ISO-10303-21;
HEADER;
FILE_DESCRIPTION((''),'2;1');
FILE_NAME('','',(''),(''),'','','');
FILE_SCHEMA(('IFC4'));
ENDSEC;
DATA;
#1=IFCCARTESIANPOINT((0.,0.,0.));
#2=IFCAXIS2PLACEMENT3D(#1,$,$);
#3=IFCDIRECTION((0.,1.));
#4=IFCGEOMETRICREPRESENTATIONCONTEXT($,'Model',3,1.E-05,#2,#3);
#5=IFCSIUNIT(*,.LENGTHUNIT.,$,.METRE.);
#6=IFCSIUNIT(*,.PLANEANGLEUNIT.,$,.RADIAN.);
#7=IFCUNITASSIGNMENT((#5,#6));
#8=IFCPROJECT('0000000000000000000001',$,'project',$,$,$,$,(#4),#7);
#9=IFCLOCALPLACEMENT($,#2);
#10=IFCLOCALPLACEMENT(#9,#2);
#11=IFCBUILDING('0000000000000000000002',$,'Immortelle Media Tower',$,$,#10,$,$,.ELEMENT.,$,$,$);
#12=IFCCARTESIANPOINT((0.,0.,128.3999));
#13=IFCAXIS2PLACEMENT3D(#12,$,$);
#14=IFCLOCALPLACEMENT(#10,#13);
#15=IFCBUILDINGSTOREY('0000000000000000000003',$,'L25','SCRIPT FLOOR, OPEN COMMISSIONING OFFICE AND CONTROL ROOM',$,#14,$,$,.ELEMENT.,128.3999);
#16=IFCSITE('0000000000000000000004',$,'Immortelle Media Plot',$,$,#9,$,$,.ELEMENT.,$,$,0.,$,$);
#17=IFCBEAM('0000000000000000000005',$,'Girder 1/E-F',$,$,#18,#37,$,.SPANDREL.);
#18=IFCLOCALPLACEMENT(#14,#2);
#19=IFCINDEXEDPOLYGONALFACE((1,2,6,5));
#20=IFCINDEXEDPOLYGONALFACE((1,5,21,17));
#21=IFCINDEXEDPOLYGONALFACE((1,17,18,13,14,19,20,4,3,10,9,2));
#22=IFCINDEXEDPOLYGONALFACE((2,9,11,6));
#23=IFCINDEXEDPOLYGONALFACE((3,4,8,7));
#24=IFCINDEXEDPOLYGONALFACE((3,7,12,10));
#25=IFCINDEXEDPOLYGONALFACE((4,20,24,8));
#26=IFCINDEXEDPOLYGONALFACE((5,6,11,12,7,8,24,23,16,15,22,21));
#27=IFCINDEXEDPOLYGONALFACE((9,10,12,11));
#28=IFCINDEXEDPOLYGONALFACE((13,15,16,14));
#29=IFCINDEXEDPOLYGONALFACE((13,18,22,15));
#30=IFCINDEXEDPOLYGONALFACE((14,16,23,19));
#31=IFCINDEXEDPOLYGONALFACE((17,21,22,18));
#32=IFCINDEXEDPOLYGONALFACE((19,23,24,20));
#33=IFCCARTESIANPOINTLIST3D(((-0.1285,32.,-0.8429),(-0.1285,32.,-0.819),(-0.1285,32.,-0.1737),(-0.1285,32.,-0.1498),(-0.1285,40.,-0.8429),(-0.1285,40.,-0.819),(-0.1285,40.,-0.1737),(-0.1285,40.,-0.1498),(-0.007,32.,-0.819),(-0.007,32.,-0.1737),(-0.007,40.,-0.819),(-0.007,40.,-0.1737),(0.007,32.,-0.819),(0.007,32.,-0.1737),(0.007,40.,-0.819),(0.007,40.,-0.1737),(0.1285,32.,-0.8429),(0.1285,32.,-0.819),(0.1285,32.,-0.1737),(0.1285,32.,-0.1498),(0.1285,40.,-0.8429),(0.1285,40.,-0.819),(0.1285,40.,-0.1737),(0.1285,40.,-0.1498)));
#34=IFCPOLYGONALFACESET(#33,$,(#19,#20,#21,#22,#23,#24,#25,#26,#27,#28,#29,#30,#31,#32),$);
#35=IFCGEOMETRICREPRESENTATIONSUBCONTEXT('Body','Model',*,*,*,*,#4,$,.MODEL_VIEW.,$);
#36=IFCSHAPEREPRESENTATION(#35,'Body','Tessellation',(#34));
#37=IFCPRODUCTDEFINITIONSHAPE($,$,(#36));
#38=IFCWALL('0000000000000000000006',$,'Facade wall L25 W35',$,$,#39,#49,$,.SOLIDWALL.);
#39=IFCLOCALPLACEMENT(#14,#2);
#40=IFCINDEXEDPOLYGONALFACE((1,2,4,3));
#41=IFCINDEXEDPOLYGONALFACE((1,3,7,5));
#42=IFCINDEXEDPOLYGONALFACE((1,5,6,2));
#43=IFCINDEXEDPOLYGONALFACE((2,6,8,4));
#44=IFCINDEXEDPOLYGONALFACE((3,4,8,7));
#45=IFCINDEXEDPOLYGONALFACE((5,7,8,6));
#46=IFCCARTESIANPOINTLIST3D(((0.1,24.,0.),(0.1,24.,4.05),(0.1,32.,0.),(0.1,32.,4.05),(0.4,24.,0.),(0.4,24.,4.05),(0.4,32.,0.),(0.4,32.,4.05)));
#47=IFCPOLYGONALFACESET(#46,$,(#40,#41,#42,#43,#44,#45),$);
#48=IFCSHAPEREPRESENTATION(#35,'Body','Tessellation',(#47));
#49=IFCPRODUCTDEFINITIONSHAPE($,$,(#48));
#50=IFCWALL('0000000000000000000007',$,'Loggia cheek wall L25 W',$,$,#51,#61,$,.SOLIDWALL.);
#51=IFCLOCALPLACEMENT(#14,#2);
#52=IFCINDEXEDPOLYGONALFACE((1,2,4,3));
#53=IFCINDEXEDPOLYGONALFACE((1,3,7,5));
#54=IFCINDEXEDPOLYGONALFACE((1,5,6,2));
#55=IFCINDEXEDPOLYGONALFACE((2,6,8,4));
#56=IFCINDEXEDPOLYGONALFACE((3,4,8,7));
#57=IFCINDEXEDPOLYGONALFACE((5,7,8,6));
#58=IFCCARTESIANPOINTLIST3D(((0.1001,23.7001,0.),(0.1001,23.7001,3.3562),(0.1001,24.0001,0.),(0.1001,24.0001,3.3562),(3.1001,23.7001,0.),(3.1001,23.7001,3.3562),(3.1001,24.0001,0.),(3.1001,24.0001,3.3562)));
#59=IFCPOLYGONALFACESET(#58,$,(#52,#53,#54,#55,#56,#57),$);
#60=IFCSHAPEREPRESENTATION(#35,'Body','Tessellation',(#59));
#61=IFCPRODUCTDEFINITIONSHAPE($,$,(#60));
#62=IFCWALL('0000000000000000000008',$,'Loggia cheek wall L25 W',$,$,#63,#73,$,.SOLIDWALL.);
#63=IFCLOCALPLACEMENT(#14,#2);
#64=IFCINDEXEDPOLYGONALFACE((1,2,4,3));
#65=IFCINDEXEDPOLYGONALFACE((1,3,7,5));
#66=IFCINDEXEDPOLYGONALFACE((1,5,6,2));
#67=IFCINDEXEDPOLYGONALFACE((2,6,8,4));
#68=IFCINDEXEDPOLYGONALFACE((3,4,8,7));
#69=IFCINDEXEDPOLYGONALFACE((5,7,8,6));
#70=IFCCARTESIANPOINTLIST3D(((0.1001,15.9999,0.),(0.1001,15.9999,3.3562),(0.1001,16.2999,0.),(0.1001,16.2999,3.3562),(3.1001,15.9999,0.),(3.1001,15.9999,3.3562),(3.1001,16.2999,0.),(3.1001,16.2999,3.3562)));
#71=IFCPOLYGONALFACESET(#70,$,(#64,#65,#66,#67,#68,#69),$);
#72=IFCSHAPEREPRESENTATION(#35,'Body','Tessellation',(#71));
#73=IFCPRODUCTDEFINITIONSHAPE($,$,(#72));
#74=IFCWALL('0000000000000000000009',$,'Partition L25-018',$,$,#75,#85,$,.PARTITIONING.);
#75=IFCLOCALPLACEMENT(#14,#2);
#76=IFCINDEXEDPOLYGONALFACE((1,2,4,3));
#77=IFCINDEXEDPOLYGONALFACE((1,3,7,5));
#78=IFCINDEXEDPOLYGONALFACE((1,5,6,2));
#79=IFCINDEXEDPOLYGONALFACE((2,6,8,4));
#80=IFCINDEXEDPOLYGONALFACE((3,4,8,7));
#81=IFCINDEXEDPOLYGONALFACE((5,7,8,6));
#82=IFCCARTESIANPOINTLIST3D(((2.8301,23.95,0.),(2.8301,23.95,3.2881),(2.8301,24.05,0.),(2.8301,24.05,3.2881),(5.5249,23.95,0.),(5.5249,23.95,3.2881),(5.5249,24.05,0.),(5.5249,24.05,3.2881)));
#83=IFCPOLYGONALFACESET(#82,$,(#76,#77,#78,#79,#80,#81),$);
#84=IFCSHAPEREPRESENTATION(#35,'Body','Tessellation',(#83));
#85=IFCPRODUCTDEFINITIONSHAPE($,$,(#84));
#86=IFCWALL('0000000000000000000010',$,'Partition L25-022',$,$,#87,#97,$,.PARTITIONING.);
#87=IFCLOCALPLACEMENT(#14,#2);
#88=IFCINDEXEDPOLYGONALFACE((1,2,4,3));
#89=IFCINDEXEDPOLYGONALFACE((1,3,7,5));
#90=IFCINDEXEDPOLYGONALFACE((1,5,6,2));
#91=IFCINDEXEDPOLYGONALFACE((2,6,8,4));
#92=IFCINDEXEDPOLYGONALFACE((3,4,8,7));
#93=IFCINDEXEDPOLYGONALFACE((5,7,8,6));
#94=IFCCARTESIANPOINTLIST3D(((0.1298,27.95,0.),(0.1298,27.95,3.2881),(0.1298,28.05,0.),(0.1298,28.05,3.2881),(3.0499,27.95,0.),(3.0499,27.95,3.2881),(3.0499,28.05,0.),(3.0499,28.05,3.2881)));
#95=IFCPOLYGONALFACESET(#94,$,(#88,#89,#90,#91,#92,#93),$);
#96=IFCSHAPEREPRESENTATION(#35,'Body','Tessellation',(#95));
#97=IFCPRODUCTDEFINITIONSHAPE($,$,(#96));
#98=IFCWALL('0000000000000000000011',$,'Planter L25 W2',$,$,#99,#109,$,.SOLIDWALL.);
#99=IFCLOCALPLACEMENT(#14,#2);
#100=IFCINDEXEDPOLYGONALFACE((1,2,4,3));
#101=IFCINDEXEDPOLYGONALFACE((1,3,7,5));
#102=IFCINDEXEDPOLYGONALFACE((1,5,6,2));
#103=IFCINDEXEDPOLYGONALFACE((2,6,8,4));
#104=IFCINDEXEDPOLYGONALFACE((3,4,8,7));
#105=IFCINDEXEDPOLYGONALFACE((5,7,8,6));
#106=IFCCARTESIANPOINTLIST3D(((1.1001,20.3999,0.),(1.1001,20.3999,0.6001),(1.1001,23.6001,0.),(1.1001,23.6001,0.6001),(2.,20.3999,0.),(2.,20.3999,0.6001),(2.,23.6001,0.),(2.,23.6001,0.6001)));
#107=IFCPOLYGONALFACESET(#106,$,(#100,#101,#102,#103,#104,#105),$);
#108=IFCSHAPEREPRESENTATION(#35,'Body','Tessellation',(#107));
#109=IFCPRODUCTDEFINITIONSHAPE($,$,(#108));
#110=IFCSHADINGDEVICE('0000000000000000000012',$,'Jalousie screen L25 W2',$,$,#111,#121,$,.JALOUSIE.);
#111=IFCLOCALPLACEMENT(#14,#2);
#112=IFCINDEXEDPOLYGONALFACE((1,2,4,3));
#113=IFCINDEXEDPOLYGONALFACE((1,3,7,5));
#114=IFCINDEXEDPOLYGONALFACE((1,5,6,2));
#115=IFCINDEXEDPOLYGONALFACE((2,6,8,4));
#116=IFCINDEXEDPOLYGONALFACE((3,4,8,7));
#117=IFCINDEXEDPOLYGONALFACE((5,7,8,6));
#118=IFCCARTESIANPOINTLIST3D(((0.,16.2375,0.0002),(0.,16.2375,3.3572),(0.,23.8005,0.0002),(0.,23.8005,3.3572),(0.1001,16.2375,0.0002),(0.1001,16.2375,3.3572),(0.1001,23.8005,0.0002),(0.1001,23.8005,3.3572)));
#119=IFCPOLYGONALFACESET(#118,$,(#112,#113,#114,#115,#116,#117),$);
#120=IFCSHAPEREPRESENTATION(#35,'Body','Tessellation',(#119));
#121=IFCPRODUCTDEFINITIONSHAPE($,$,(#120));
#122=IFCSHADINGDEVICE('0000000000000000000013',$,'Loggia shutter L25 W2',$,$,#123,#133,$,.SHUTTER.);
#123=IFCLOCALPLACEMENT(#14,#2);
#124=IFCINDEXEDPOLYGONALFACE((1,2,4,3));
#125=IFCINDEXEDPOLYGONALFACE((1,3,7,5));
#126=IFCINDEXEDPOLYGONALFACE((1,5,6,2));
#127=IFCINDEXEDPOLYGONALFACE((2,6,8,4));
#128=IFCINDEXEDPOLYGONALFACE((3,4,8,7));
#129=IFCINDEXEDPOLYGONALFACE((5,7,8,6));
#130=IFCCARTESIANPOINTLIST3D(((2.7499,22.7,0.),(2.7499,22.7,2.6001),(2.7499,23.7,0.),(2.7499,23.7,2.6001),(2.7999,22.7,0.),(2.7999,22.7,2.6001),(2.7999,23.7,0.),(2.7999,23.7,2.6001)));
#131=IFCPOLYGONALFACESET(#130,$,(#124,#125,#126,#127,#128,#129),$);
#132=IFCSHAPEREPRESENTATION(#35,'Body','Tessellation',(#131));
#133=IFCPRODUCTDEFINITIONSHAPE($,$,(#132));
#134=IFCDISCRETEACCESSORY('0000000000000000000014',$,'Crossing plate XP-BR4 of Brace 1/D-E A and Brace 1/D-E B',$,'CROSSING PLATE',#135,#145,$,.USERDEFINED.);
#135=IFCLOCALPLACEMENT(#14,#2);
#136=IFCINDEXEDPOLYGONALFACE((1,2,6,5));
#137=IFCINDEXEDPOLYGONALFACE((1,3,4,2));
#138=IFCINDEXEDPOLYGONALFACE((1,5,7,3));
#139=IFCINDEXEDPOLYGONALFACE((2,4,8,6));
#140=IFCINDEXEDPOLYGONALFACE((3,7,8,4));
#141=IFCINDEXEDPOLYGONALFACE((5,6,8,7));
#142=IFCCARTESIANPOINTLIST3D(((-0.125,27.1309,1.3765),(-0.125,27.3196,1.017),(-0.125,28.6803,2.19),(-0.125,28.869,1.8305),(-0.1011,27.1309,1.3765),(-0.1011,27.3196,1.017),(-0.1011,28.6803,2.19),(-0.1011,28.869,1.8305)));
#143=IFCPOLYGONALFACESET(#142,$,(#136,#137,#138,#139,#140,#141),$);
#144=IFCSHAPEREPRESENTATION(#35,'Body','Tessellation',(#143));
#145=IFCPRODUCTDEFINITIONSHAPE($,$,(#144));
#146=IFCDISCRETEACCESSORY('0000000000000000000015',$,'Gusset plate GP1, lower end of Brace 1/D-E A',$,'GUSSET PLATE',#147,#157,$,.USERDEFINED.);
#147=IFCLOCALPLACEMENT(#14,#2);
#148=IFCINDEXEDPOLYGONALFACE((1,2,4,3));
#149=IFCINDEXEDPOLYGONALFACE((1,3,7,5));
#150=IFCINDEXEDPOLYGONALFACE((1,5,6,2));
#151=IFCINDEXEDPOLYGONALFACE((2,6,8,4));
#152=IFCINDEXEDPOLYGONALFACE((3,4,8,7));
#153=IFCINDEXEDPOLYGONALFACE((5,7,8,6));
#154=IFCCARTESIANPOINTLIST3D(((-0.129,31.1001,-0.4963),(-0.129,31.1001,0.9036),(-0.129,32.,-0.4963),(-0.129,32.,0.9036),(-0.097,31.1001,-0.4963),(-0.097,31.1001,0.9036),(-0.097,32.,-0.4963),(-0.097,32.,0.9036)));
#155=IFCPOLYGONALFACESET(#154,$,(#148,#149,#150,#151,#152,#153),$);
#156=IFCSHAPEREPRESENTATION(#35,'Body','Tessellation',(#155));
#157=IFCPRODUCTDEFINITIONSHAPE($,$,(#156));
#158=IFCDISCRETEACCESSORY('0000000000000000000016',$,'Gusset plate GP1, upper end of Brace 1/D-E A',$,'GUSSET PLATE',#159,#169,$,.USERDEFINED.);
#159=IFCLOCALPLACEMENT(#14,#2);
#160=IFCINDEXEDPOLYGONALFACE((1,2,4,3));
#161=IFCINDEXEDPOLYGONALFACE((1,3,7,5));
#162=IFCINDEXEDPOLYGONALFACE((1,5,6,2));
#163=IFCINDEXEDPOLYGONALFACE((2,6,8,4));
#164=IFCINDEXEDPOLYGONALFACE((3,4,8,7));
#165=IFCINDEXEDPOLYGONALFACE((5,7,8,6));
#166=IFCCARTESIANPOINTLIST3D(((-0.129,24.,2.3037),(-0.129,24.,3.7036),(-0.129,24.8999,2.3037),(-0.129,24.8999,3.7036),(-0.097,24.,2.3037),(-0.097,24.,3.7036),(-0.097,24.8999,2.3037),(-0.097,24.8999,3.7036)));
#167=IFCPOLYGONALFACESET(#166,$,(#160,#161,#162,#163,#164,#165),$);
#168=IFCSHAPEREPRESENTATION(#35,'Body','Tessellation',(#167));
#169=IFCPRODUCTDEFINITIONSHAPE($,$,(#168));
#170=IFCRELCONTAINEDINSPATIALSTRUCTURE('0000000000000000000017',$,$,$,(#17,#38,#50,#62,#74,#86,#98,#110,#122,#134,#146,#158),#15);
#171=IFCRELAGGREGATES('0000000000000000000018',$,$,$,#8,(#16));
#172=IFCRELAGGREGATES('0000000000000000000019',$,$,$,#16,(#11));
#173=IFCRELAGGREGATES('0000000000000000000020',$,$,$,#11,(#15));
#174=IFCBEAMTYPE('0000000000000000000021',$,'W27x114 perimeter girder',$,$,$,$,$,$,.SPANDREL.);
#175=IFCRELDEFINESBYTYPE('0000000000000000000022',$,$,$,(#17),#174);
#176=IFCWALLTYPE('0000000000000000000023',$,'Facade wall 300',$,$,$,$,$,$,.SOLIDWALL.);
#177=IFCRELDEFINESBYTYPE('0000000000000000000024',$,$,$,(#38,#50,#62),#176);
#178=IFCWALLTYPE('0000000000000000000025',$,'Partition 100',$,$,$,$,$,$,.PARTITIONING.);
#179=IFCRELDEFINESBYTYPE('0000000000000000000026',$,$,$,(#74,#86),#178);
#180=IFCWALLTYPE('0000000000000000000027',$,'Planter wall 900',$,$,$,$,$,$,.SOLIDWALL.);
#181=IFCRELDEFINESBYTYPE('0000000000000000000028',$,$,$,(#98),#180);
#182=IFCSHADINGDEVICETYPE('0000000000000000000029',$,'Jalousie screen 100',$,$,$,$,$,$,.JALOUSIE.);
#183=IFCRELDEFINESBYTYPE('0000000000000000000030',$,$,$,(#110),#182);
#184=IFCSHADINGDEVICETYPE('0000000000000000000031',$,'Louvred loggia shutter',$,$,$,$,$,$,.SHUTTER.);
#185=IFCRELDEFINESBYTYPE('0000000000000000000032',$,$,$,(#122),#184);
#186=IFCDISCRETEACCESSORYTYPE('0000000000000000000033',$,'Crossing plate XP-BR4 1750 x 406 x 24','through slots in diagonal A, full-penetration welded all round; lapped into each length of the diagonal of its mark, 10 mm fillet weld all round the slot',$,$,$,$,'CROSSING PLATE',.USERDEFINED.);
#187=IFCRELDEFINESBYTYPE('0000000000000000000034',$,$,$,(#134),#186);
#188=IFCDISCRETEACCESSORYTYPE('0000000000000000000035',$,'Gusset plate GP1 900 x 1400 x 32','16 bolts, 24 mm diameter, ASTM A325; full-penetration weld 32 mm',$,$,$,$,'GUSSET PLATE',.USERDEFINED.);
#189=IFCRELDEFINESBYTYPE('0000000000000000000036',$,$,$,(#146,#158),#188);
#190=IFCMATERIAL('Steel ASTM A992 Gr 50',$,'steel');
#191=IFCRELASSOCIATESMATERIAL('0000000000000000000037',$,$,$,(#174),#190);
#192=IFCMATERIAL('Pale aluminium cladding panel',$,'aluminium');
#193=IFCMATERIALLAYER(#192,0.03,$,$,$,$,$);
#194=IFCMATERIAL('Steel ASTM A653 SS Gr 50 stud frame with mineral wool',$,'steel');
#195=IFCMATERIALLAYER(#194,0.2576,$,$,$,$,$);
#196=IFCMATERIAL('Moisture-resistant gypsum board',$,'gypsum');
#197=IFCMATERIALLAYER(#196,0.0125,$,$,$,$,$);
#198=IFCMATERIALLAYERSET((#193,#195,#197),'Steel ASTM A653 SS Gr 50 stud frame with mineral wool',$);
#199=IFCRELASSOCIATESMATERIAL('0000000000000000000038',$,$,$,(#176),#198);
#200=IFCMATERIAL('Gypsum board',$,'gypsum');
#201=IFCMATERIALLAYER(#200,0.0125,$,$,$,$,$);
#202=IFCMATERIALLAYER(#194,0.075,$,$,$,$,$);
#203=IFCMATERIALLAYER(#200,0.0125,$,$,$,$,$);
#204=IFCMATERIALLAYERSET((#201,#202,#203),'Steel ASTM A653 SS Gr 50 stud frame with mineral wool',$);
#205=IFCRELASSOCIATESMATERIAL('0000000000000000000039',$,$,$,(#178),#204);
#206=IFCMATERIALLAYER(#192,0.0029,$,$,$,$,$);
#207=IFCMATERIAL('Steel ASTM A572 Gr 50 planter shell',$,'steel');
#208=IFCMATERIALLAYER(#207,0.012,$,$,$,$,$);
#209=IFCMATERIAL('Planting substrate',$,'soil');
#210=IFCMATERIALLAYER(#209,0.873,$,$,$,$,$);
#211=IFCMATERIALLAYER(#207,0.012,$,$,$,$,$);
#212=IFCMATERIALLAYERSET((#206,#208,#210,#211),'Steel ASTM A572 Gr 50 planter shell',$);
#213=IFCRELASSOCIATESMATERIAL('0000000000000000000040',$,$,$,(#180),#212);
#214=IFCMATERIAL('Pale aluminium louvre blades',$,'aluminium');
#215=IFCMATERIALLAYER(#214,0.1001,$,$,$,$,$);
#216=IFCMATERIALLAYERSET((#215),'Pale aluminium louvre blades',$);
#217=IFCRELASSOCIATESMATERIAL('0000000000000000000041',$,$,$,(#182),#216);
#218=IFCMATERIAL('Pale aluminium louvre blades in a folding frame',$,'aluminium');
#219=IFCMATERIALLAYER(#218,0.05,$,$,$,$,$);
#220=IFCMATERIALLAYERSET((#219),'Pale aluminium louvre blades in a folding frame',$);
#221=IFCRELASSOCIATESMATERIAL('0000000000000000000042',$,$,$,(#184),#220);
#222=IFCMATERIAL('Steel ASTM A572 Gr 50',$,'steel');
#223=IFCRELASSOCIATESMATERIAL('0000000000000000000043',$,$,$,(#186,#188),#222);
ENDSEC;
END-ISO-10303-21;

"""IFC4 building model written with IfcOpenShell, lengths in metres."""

from ifc_helpers import new_model, si_unit, direction, frame, frame_2d, origin, origin_2d, place, context, subcontext, project, spatial, rectangle, i_section, extrude, material, layer, layer_set, material_profile, profile_set, type_object, element, save


model = new_model("IFC4")

# Units and contexts
model_context = context("Model", 3, precision=1e-05, world=origin(), true_north=direction((0.0, 1.0)))
body_context = subcontext(model_context, "Body", "Model", "MODEL_VIEW")
ifc_project = project(units=[si_unit("LENGTHUNIT", "METRE"), si_unit("PLANEANGLEUNIT", "RADIAN")], contexts=[model_context])

# Site, building, storey
site_placement = place(None, origin())
site = spatial("IfcSite", under=ifc_project, at=site_placement, Name="Immortelle Media Plot", CompositionType="ELEMENT", RefElevation=0.0)
building_placement = place(site_placement, origin())
building = spatial("IfcBuilding", under=site, at=building_placement, Name="Immortelle Media Tower", CompositionType="ELEMENT")
storey_placement = place(building_placement, frame((0.0, 0.0, 128.3999)))
storey = spatial("IfcBuildingStorey", under=building, at=storey_placement, Name="L25", Description="SCRIPT FLOOR, OPEN COMMISSIONING OFFICE AND CONTROL ROOM", CompositionType="ELEMENT", Elevation=128.3999)

# Shared definitions
ifc_material_1 = material(Name="Steel ASTM A992 Gr 50", Category="steel")

# Beam
ifc_material_profile_1 = material_profile(ifc_material_1, i_section(OverallWidth=0.2571, OverallDepth=0.6931, WebThickness=0.0139, FlangeThickness=0.0239, at=origin_2d()), Name="W27x114")
ifc_profile_set_1 = profile_set([ifc_material_profile_1], Name="Steel ASTM A992 Gr 50")
beam_type_1 = type_object("IfcBeamType", Name="W27x114 perimeter girder", PredefinedType="SPANDREL", material=ifc_profile_set_1)
for number, where, z_axis, x_axis, name in (
    (1, (0.0, 32.0, -0.4963), (0.0, 1.0, 0.0), (-1.0, 0.0, 0.0), "Girder 1/E-F"),
):
    element("IfcBeam", number, at=place(storey_placement, frame(where, z_axis=z_axis, x_axis=x_axis)), inside=storey, type_object=beam_type_1, Name=name, PredefinedType="SPANDREL", context=body_context, shape_type="SweptSolid", body=[
        extrude(i_section(OverallWidth=0.2571, OverallDepth=0.6931, WebThickness=0.0139, FlangeThickness=0.0239, at=origin_2d()), origin(), (0.0, 0.0, 1.0), 8.0),
    ])

# Walls
ifc_material_2 = material(Name="Pale aluminium cladding panel", Category="aluminium")
ifc_layer_1 = layer(ifc_material_2, 0.03)
ifc_material_3 = material(Name="Steel ASTM A653 SS Gr 50 stud frame with mineral wool", Category="steel")
ifc_layer_2 = layer(ifc_material_3, 0.2576)
ifc_material_4 = material(Name="Moisture-resistant gypsum board", Category="gypsum")
ifc_layer_3 = layer(ifc_material_4, 0.0125)
ifc_layer_set_1 = layer_set([ifc_layer_1, ifc_layer_2, ifc_layer_3], Name="Steel ASTM A653 SS Gr 50 stud frame with mineral wool")
wall_type_1 = type_object("IfcWallType", Name="Facade wall 300", PredefinedType="SOLIDWALL", material=ifc_layer_set_1)
wall_1_placement = place(storey_placement, frame((0.25, 32.0, 0.0), z_axis=(0.0, 0.0, 1.0), x_axis=(0.0, -1.0, 0.0)))
element("IfcWall", 2, at=wall_1_placement, inside=storey, type_object=wall_type_1, Name="Facade wall L25 W35", PredefinedType="SOLIDWALL", context=body_context, shape_type="SweptSolid", body=[
    extrude(rectangle(XDim=8.0, YDim=0.3, at=frame_2d((4.0, 0.0))), origin(), (0.0, 0.0, 1.0), 4.05),
])
for number, where, z_axis, x_axis, name in (
    (3, (0.1001, 23.8501, 0.0), (0.0, 0.0, 1.0), (1.0, 0.0, 0.0), "Loggia cheek wall L25 W"),
    (4, (0.1001, 16.1499, 0.0), (0.0, 0.0, 1.0), (1.0, 0.0, 0.0), "Loggia cheek wall L25 W"),
):
    element("IfcWall", number, at=place(storey_placement, frame(where, z_axis=z_axis, x_axis=x_axis)), inside=storey, type_object=wall_type_1, Name=name, PredefinedType="SOLIDWALL", context=body_context, shape_type="SweptSolid", body=[
        extrude(rectangle(XDim=3.0, YDim=0.3, at=frame_2d((1.5, 0.0))), origin(), (0.0, 0.0, 1.0), 3.3562),
    ])
ifc_material_5 = material(Name="Gypsum board", Category="gypsum")
ifc_layer_4 = layer(ifc_material_5, 0.0125)
ifc_layer_5 = layer(ifc_material_3, 0.075)
ifc_layer_6 = layer(ifc_material_5, 0.0125)
ifc_layer_set_2 = layer_set([ifc_layer_4, ifc_layer_5, ifc_layer_6], Name="Steel ASTM A653 SS Gr 50 stud frame with mineral wool")
wall_type_2 = type_object("IfcWallType", Name="Partition 100", PredefinedType="PARTITIONING", material=ifc_layer_set_2)
wall_2_placement = place(storey_placement, frame((2.8301, 24.0, 0.0), z_axis=(0.0, 0.0, 1.0), x_axis=(1.0, 0.0, 0.0)))
element("IfcWall", 5, at=wall_2_placement, inside=storey, type_object=wall_type_2, Name="Partition L25-018", PredefinedType="PARTITIONING", context=body_context, shape_type="SweptSolid", body=[
    extrude(rectangle(XDim=2.6948, YDim=0.1001, at=frame_2d((1.3474, 0.0))), origin(), (0.0, 0.0, 1.0), 3.2881),
])
wall_3_placement = place(storey_placement, frame((0.1299, 28.0, 0.0), z_axis=(0.0, 0.0, 1.0), x_axis=(1.0, 0.0, 0.0)))
element("IfcWall", 6, at=wall_3_placement, inside=storey, type_object=wall_type_2, Name="Partition L25-022", PredefinedType="PARTITIONING", context=body_context, shape_type="SweptSolid", body=[
    extrude(rectangle(XDim=2.9202, YDim=0.1001, at=frame_2d((1.46, 0.0))), origin(), (0.0, 0.0, 1.0), 3.2881),
])
ifc_layer_7 = layer(ifc_material_2, 0.0029)
ifc_material_6 = material(Name="Steel ASTM A572 Gr 50 planter shell", Category="steel")
ifc_layer_8 = layer(ifc_material_6, 0.012)
ifc_material_7 = material(Name="Planting substrate", Category="soil")
ifc_layer_9 = layer(ifc_material_7, 0.873)
ifc_layer_10 = layer(ifc_material_6, 0.012)
ifc_layer_set_3 = layer_set([ifc_layer_7, ifc_layer_8, ifc_layer_9, ifc_layer_10], Name="Steel ASTM A572 Gr 50 planter shell")
wall_type_3 = type_object("IfcWallType", Name="Planter wall 900", PredefinedType="SOLIDWALL", material=ifc_layer_set_3)
wall_4_placement = place(storey_placement, frame((1.55, 23.6001, 0.0), z_axis=(0.0, 0.0, 1.0), x_axis=(0.0, -1.0, 0.0)))
element("IfcWall", 7, at=wall_4_placement, inside=storey, type_object=wall_type_3, Name="Planter L25 W2", PredefinedType="SOLIDWALL", context=body_context, shape_type="SweptSolid", body=[
    extrude(rectangle(XDim=3.2002, YDim=0.8999, at=frame_2d((1.6001, 0.0))), origin(), (0.0, 0.0, 1.0), 0.6001),
])

# Shading devices
ifc_material_8 = material(Name="Pale aluminium louvre blades", Category="aluminium")
ifc_layer_11 = layer(ifc_material_8, 0.1001)
ifc_layer_set_4 = layer_set([ifc_layer_11], Name="Pale aluminium louvre blades")
shading_device_type_1 = type_object("IfcShadingDeviceType", Name="Jalousie screen 100", PredefinedType="JALOUSIE", material=ifc_layer_set_4)
shading_device_1_placement = place(storey_placement, frame((0.05, 20.019, 0.0002), z_axis=(0.0, 0.0, 1.0), x_axis=(0.0, -1.0, 0.0)))
element("IfcShadingDevice", 8, at=shading_device_1_placement, inside=storey, type_object=shading_device_type_1, Name="Jalousie screen L25 W2", PredefinedType="JALOUSIE", context=body_context, shape_type="SweptSolid", body=[
    extrude(rectangle(XDim=7.563, YDim=0.1001, at=origin_2d()), origin(), (0.0, 0.0, 1.0), 3.3569),
])
ifc_material_9 = material(Name="Pale aluminium louvre blades in a folding frame", Category="aluminium")
ifc_layer_12 = layer(ifc_material_9, 0.05)
ifc_layer_set_5 = layer_set([ifc_layer_12], Name="Pale aluminium louvre blades in a folding frame")
shading_device_type_2 = type_object("IfcShadingDeviceType", Name="Louvred loggia shutter", PredefinedType="SHUTTER", material=ifc_layer_set_5)
shading_device_2_placement = place(storey_placement, frame((2.7749, 23.2, 0.0), z_axis=(0.0, 0.0, 1.0), x_axis=(0.0, -1.0, 0.0)))
element("IfcShadingDevice", 9, at=shading_device_2_placement, inside=storey, type_object=shading_device_type_2, Name="Loggia shutter L25 W2", PredefinedType="SHUTTER", context=body_context, shape_type="SweptSolid", body=[
    extrude(rectangle(XDim=1.0, YDim=0.05, at=origin_2d()), origin(), (0.0, 0.0, 1.0), 2.6001),
])

# Discrete accessories
ifc_material_10 = material(Name="Steel ASTM A572 Gr 50", Category="steel")
ifc_material_profile_2 = material_profile(ifc_material_10, rectangle(XDim=0.0239, YDim=0.406, at=origin_2d()), Name="PL 24 x 406")
ifc_profile_set_2 = profile_set([ifc_material_profile_2], Name="Steel ASTM A572 Gr 50")
discrete_accessory_type_1 = type_object("IfcDiscreteAccessoryType", Name="Crossing plate XP-BR4 1750 x 406 x 24", Description="through slots in diagonal A, full-penetration welded all round; lapped into each length of the diagonal of its mark, 10 mm fillet weld all round the slot", ElementType="CROSSING PLATE", PredefinedType="USERDEFINED", material=ifc_profile_set_2)
discrete_accessory_placement = place(storey_placement, frame((-0.113, 28.7747, 2.0103), z_axis=(0.0, -0.885378, -0.464872), x_axis=(1.0, 0.0, 0.0)))
element("IfcDiscreteAccessory", 10, at=discrete_accessory_placement, inside=storey, type_object=discrete_accessory_type_1, Name="Crossing plate XP-BR4 of Brace 1/D-E A and Brace 1/D-E B", ObjectType="CROSSING PLATE", PredefinedType="USERDEFINED", context=body_context, shape_type="SweptSolid", body=[
    extrude(rectangle(XDim=0.0239, YDim=0.406, at=origin_2d()), origin(), (0.0, 0.0, 1.0), 1.75),
])
ifc_material_profile_3 = material_profile(ifc_material_10, rectangle(XDim=0.032, YDim=1.3999, at=origin_2d()), Name="PL 32 x 1400")
ifc_profile_set_3 = profile_set([ifc_material_profile_3], Name="Steel ASTM A572 Gr 50")
discrete_accessory_type_2 = type_object("IfcDiscreteAccessoryType", Name="Gusset plate GP1 900 x 1400 x 32", Description="16 bolts, 24 mm diameter, ASTM A325; full-penetration weld 32 mm", ElementType="GUSSET PLATE", PredefinedType="USERDEFINED", material=ifc_profile_set_3)
for number, where, z_axis, x_axis, name in (
    (11, (-0.113, 32.0, 0.2036), (0.0, -1.0, 0.0), (1.0, 0.0, 0.0), "Gusset plate GP1, lower end of Brace 1/D-E A"),
    (12, (-0.113, 24.0, 3.0037), (0.0, 1.0, 0.0), (-1.0, 0.0, 0.0), "Gusset plate GP1, upper end of Brace 1/D-E A"),
):
    element("IfcDiscreteAccessory", number, at=place(storey_placement, frame(where, z_axis=z_axis, x_axis=x_axis)), inside=storey, type_object=discrete_accessory_type_2, Name=name, ObjectType="GUSSET PLATE", PredefinedType="USERDEFINED", context=body_context, shape_type="SweptSolid", body=[
        extrude(rectangle(XDim=0.032, YDim=1.3999, at=origin_2d()), origin(), (0.0, 0.0, 1.0), 0.8999),
    ])

save(model, "model.ifc")
